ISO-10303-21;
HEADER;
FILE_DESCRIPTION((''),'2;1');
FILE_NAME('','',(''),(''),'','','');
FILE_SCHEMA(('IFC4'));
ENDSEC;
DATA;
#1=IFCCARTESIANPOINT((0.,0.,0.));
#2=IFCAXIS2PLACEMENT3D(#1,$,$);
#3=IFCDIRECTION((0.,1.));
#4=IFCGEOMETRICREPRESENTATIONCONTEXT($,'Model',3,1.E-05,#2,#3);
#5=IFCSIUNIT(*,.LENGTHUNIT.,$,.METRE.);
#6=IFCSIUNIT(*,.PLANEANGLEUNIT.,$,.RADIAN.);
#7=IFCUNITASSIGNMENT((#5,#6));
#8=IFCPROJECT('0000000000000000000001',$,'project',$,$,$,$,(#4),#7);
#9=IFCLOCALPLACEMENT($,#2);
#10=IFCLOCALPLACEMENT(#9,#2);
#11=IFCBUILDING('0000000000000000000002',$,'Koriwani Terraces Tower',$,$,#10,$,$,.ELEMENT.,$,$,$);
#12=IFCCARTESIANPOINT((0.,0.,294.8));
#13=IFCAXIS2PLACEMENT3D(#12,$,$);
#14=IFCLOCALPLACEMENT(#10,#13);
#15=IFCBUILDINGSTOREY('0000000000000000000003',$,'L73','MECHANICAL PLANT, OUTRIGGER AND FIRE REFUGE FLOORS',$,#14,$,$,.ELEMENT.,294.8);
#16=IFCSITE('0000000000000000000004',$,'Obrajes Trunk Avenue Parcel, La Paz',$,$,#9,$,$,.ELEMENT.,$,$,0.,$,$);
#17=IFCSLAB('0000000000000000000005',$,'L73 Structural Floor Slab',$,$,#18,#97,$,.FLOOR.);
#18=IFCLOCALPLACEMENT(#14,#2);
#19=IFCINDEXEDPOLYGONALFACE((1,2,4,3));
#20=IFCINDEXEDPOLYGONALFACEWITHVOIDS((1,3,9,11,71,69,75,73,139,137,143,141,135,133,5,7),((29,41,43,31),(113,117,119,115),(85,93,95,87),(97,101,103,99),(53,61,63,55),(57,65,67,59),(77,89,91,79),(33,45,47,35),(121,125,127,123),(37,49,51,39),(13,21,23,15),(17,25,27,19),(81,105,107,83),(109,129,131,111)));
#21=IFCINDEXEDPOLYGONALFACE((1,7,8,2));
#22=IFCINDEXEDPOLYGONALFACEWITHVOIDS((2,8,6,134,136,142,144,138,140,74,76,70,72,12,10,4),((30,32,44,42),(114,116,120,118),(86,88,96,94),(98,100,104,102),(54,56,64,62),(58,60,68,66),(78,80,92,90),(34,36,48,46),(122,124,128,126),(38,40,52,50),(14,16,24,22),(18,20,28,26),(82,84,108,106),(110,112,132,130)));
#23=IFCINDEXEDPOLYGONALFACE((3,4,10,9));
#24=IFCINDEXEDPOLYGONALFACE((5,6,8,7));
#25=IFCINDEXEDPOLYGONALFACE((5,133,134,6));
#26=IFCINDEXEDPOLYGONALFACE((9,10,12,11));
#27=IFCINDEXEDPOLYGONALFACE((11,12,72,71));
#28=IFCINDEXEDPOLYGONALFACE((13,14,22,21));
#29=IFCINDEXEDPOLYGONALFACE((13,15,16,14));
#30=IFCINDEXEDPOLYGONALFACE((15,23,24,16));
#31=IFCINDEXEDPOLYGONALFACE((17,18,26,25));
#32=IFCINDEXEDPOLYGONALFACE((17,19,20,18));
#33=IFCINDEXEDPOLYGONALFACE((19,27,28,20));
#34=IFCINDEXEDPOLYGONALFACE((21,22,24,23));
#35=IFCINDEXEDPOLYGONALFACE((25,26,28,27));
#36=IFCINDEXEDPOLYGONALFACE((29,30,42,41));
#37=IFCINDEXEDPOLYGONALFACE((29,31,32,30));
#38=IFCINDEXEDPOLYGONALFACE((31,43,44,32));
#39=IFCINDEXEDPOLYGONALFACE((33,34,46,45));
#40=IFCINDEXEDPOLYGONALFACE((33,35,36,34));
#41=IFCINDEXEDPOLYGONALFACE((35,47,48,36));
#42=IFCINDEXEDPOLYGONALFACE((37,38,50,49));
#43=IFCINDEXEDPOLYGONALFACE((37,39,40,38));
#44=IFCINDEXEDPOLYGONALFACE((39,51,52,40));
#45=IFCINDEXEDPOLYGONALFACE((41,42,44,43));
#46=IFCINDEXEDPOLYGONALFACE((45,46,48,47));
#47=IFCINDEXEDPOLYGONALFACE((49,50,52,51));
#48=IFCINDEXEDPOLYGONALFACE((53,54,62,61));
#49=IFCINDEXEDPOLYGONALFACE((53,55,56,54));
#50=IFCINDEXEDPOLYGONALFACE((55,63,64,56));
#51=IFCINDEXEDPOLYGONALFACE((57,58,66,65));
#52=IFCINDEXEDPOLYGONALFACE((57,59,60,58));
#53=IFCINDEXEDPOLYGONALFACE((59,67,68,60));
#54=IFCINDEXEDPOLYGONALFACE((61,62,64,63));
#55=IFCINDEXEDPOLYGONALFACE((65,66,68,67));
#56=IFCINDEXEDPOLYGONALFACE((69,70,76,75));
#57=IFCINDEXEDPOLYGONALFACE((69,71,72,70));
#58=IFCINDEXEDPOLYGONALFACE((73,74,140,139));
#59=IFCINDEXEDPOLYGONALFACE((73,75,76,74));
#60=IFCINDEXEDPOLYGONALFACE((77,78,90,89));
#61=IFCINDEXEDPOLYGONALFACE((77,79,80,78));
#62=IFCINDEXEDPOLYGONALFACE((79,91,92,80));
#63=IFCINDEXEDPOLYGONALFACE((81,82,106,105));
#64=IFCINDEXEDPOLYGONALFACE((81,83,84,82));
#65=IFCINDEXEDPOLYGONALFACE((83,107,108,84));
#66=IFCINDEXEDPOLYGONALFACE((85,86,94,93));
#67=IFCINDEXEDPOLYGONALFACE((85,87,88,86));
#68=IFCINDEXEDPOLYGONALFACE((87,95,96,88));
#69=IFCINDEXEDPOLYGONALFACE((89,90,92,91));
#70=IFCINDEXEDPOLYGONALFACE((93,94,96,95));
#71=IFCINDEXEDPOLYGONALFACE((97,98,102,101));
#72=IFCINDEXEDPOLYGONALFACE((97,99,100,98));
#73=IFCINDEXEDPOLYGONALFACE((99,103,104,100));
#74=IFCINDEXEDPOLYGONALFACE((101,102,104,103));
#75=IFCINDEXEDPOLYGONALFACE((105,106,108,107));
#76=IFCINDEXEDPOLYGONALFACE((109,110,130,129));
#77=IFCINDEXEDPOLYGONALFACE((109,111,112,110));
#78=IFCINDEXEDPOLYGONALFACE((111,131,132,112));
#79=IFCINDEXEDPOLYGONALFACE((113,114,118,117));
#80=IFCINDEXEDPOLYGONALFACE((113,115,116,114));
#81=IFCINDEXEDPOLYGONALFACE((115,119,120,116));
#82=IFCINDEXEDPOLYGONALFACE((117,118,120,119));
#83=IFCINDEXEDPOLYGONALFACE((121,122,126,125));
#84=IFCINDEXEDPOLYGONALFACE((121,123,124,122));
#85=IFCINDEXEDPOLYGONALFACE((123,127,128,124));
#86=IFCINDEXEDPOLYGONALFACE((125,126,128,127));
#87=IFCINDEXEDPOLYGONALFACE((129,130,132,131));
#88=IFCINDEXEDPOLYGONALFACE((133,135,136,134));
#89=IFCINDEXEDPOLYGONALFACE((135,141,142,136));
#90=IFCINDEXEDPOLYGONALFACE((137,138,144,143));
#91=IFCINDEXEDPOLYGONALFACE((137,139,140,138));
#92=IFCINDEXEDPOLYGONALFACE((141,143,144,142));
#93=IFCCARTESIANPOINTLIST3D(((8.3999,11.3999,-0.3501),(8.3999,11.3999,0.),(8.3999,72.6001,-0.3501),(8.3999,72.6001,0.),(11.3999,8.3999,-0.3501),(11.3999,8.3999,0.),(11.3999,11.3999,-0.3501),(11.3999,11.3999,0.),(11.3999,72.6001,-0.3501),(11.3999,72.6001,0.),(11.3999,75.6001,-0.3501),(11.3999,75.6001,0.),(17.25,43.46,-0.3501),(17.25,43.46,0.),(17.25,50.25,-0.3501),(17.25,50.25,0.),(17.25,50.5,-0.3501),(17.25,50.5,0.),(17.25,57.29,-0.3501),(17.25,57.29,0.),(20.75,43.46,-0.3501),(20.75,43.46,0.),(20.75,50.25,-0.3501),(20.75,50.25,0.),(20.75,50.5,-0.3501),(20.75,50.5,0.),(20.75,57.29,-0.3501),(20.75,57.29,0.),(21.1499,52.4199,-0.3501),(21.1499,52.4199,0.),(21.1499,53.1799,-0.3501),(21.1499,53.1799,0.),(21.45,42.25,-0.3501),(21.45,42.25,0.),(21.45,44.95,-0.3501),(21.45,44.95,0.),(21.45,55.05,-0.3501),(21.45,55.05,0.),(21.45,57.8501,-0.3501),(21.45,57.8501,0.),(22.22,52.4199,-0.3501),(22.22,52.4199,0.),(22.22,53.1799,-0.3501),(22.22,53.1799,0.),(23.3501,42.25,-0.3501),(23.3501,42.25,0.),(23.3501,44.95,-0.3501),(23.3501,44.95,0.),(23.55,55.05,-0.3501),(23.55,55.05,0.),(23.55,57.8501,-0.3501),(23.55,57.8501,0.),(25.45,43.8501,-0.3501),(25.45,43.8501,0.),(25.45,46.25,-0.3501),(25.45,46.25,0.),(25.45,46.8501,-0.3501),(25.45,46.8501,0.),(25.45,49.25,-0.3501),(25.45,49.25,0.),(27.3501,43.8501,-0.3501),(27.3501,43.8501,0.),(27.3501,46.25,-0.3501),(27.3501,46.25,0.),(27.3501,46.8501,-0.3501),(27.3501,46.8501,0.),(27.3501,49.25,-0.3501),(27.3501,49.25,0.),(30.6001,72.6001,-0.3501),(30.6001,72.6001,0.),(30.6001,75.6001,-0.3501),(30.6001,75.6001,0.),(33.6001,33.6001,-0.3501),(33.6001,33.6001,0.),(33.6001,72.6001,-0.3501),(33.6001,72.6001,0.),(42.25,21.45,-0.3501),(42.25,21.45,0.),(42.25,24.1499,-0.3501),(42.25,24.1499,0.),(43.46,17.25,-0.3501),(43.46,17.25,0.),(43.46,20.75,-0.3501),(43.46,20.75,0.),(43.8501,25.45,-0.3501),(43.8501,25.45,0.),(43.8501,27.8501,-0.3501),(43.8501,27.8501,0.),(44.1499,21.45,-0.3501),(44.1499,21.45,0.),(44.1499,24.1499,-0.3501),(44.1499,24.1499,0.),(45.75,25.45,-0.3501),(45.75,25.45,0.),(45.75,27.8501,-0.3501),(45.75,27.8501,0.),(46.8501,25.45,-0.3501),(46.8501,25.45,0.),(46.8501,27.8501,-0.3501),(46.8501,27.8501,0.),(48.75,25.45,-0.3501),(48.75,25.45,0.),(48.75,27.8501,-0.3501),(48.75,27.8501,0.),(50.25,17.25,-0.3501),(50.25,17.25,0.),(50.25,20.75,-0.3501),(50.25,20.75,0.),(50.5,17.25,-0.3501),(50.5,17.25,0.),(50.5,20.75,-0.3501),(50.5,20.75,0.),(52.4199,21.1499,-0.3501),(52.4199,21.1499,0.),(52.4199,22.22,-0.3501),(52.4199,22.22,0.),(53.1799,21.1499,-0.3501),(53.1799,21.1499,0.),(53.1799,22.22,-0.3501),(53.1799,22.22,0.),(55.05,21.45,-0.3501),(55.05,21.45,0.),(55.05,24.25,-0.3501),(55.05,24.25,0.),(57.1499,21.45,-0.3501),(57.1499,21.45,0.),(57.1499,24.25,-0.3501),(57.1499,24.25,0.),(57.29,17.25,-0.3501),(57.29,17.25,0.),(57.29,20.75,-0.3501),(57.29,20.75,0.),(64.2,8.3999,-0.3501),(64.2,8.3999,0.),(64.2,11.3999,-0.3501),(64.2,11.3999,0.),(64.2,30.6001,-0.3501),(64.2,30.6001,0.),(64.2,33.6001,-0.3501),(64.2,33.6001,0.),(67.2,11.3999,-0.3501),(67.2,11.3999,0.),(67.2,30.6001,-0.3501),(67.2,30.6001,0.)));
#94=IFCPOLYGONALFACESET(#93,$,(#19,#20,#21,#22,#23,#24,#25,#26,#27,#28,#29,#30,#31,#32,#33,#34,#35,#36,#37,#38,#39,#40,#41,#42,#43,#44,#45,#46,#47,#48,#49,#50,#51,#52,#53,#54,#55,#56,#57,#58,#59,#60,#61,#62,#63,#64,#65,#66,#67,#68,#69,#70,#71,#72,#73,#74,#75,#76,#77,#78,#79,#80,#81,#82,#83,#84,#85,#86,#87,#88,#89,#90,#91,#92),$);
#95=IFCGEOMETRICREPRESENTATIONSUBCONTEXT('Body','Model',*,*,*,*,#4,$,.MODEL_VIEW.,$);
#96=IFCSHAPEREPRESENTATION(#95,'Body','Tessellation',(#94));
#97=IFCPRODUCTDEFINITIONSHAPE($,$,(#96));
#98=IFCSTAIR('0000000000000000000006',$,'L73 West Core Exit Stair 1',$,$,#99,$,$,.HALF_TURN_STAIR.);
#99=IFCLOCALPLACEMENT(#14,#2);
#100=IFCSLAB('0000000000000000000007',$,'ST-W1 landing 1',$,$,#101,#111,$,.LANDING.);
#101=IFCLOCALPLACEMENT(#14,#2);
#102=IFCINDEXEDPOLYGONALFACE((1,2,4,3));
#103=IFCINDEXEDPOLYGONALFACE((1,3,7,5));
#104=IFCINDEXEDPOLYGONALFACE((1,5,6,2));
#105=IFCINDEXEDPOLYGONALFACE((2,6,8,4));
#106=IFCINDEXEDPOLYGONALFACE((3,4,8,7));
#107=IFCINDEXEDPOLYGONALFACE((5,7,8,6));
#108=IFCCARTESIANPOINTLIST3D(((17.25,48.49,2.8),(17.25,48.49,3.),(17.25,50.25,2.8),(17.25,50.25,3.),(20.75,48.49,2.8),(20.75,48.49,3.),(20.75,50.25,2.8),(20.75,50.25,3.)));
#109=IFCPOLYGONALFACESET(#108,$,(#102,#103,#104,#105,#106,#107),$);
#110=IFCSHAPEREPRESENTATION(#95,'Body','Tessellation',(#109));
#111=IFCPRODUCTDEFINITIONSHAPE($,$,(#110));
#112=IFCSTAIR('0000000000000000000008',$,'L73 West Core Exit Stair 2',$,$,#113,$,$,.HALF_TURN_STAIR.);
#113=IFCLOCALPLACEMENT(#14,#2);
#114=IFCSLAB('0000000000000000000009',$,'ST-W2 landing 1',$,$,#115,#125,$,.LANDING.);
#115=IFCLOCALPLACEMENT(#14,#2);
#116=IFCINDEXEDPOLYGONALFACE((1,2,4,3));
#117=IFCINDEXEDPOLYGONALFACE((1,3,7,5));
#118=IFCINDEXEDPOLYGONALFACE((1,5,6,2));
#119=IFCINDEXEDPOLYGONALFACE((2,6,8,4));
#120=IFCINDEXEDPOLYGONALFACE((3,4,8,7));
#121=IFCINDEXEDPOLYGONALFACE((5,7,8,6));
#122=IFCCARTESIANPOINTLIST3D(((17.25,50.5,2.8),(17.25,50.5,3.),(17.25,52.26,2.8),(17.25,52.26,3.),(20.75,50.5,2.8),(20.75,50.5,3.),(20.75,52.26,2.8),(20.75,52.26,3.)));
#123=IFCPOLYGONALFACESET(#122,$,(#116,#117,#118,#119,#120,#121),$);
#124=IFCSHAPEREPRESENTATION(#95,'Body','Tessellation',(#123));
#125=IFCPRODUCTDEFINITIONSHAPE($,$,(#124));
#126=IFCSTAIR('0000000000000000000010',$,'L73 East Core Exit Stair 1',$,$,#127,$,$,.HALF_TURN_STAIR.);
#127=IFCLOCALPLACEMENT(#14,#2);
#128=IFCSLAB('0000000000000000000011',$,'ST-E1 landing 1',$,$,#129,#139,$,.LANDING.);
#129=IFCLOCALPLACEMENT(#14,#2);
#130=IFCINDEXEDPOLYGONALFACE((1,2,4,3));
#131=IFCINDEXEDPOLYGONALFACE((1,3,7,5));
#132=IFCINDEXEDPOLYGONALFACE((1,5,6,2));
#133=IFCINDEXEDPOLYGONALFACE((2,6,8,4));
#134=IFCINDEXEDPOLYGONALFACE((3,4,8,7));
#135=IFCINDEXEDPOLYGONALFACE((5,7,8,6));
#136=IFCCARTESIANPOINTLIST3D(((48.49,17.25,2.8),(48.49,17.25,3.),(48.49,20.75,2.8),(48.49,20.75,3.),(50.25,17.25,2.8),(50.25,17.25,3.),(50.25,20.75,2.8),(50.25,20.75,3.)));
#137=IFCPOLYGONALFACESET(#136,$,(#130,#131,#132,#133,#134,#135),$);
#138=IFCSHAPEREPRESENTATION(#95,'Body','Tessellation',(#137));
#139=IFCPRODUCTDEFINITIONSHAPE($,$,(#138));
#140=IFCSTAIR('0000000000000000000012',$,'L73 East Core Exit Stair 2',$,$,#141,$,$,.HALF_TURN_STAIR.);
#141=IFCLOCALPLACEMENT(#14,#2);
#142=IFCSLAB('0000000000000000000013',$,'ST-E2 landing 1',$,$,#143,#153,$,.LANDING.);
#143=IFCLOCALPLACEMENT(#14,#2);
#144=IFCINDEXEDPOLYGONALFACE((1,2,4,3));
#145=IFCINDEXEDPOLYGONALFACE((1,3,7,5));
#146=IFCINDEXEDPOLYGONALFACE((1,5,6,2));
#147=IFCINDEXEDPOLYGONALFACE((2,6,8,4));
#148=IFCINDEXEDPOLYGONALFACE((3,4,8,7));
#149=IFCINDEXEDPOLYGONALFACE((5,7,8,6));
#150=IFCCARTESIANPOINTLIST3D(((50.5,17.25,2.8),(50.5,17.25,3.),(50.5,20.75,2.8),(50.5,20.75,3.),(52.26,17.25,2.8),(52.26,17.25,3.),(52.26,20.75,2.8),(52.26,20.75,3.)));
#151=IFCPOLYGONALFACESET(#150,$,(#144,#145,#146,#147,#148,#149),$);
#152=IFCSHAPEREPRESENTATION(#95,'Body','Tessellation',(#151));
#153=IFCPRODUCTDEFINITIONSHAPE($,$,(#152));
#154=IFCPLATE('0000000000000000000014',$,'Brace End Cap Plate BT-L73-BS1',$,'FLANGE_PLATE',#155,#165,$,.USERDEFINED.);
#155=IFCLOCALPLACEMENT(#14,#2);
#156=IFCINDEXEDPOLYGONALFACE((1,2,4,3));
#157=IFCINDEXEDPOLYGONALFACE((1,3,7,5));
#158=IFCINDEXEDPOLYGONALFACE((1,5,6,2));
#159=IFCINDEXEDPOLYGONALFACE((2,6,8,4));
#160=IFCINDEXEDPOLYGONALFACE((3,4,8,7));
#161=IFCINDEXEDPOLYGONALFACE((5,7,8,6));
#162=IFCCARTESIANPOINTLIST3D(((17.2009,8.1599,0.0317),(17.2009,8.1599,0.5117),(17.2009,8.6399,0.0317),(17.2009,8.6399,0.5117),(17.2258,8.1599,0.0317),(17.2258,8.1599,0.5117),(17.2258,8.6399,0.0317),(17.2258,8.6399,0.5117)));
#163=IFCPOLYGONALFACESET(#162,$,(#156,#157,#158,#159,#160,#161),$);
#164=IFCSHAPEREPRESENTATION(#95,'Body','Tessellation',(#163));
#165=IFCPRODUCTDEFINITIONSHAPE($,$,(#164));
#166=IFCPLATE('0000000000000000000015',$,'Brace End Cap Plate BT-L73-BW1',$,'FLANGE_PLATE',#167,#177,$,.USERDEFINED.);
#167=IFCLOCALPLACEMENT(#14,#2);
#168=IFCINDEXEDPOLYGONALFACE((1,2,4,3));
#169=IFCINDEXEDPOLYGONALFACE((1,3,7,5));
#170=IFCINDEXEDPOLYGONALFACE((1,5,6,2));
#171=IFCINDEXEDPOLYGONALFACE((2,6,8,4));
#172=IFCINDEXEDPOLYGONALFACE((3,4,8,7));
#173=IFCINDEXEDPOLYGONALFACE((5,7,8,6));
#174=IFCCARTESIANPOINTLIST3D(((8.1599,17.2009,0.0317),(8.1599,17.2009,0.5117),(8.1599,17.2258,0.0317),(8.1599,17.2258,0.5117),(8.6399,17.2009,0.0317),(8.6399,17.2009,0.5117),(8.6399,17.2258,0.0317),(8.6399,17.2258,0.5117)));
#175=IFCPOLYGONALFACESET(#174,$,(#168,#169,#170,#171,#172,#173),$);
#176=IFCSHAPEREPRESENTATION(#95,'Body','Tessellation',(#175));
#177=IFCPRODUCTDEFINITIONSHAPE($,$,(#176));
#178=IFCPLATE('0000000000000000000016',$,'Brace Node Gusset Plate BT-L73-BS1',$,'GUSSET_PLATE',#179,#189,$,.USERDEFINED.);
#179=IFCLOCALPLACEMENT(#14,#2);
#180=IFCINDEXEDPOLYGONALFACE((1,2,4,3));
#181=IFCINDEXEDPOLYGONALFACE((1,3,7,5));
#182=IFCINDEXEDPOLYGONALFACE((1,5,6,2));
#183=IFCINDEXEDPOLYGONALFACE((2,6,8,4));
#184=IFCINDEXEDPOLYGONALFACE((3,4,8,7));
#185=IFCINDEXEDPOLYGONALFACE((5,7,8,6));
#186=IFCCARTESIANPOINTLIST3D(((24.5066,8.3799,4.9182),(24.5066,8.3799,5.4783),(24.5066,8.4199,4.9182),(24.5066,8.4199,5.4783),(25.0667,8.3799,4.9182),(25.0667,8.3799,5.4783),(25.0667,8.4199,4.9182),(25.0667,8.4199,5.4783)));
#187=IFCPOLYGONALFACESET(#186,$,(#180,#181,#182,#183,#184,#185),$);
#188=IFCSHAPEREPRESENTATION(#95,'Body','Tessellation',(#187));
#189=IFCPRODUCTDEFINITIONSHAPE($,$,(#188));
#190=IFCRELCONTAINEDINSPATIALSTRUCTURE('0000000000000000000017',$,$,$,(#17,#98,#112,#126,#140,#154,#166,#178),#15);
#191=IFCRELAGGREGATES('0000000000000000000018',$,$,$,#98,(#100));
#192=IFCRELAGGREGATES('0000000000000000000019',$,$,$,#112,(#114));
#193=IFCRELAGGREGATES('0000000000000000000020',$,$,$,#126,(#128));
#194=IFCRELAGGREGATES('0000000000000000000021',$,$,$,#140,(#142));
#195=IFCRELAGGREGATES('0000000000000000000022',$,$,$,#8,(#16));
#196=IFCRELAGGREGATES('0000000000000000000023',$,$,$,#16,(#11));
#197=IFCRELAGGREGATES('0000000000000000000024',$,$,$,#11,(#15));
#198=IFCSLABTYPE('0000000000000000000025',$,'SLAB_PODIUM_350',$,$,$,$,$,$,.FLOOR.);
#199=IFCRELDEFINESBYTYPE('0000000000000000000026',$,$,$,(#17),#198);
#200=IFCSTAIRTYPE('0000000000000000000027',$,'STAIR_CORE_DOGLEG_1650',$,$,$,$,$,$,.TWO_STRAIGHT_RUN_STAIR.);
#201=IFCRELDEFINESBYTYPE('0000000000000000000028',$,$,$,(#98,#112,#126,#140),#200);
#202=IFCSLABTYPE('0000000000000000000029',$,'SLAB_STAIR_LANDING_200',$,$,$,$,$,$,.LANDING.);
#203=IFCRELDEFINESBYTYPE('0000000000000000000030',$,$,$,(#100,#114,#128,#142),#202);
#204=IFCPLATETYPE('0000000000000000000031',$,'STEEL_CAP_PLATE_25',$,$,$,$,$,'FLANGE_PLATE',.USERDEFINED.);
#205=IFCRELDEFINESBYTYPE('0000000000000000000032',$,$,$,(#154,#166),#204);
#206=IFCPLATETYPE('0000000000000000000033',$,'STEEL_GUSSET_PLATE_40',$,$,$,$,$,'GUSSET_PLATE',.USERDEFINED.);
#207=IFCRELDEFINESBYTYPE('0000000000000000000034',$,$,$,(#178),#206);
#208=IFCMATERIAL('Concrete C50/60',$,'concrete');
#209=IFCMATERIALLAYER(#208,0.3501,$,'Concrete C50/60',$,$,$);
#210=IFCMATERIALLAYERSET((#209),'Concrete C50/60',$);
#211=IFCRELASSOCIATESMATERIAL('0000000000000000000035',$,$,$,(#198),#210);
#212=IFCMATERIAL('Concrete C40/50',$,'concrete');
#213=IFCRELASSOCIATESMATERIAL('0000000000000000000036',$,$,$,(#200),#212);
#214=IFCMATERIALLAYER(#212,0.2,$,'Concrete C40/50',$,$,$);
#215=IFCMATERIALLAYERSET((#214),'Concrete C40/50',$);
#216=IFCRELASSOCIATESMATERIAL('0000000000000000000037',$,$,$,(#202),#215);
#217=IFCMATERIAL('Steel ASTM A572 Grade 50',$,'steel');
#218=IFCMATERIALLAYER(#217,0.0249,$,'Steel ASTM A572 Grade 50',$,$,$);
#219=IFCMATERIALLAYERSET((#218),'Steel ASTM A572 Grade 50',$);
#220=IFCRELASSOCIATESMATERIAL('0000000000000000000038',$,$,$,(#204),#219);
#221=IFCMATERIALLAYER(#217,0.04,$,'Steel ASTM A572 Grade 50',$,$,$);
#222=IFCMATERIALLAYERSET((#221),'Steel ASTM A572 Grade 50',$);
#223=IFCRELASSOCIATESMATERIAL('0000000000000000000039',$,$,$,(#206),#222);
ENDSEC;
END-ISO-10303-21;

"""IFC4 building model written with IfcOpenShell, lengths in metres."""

from ifc_helpers import new_model, si_unit, direction, frame, origin, origin_2d, place, context, subcontext, project, spatial, polyline, rectangle, outline, extrude, material, layer, layer_set, type_object, element, aggregate, save


model = new_model("IFC4")

# Units and contexts
model_context = context("Model", 3, precision=1e-05, world=origin(), true_north=direction((0.0, 1.0)))
body_context = subcontext(model_context, "Body", "Model", "MODEL_VIEW")
ifc_project = project(units=[si_unit("LENGTHUNIT", "METRE"), si_unit("PLANEANGLEUNIT", "RADIAN")], contexts=[model_context])

# Site, building, storey
site_placement = place(None, origin())
site = spatial("IfcSite", under=ifc_project, at=site_placement, Name="Obrajes Trunk Avenue Parcel, La Paz", CompositionType="ELEMENT", RefElevation=0.0)
building_placement = place(site_placement, origin())
building = spatial("IfcBuilding", under=site, at=building_placement, Name="Koriwani Terraces Tower", CompositionType="ELEMENT")
storey_placement = place(building_placement, frame((0.0, 0.0, 294.8)))
storey = spatial("IfcBuildingStorey", under=building, at=storey_placement, Name="L73", Description="MECHANICAL PLANT, OUTRIGGER AND FIRE REFUGE FLOORS", CompositionType="ELEMENT", Elevation=294.8)

# Shared definitions
ifc_material_1 = material(Name="Concrete C50/60", Category="concrete")

# Shared definitions
ifc_material_2 = material(Name="Concrete C40/50", Category="concrete")

# Shared definitions
ifc_material_3 = material(Name="Steel ASTM A572 Grade 50", Category="steel")

# Slab
ifc_layer_1 = layer(ifc_material_1, 0.3501, Name="Concrete C50/60")
ifc_layer_set_1 = layer_set([ifc_layer_1], Name="Concrete C50/60")
slab_type_1 = type_object("IfcSlabType", Name="SLAB_PODIUM_350", PredefinedType="FLOOR", material=ifc_layer_set_1)
slab_1_placement = place(storey_placement, frame((0.0, 0.0, -0.3501)))
element("IfcSlab", 1, at=slab_1_placement, inside=storey, type_object=slab_type_1, Name="L73 Structural Floor Slab", PredefinedType="FLOOR", context=body_context, shape_type="SweptSolid", body=[
    extrude(outline(polyline([(11.3999, 8.3999), (64.2, 8.3999), (64.2, 11.3999), (67.2, 11.3999), (67.2, 30.6001), (64.2, 30.6001), (64.2, 33.6001), (33.6001, 33.6001), (33.6001, 72.6001), (30.6001, 72.6001), (30.6001, 75.6001), (11.3999, 75.6001), (11.3999, 72.6001), (8.3999, 72.6001), (8.3999, 11.3999), (11.3999, 11.3999), (11.3999, 8.3999)]), holes=[polyline([(17.25, 43.46), (20.75, 43.46), (20.75, 50.25), (17.25, 50.25), (17.25, 43.46)]), polyline([(17.25, 50.5), (20.75, 50.5), (20.75, 57.29), (17.25, 57.29), (17.25, 50.5)]), polyline([(43.46, 17.25), (50.25, 17.25), (50.25, 20.75), (43.46, 20.75), (43.46, 17.25)]), polyline([(50.5, 17.25), (57.29, 17.25), (57.29, 20.75), (50.5, 20.75), (50.5, 17.25)]), polyline([(25.45, 43.8501), (27.3501, 43.8501), (27.3501, 46.25), (25.45, 46.25), (25.45, 43.8501)]), polyline([(25.45, 46.8501), (27.3501, 46.8501), (27.3501, 49.25), (25.45, 49.25), (25.45, 46.8501)]), polyline([(43.8501, 25.45), (45.75, 25.45), (45.75, 27.8501), (43.8501, 27.8501), (43.8501, 25.45)]), polyline([(46.8501, 25.45), (48.75, 25.45), (48.75, 27.8501), (46.8501, 27.8501), (46.8501, 25.45)]), polyline([(21.45, 55.05), (23.55, 55.05), (23.55, 57.8501), (21.45, 57.8501), (21.45, 55.05)]), polyline([(55.05, 21.45), (57.1499, 21.45), (57.1499, 24.25), (55.05, 24.25), (55.05, 21.45)]), polyline([(21.45, 42.25), (23.3501, 42.25), (23.3501, 44.95), (21.45, 44.95), (21.45, 42.25)]), polyline([(42.25, 21.45), (44.1499, 21.45), (44.1499, 24.1499), (42.25, 24.1499), (42.25, 21.45)]), polyline([(21.1499, 52.4199), (22.22, 52.4199), (22.22, 53.1799), (21.1499, 53.1799), (21.1499, 52.4199)]), polyline([(52.4199, 21.1499), (53.1799, 21.1499), (53.1799, 22.22), (52.4199, 22.22), (52.4199, 21.1499)])]), origin(), (0.0, 0.0, 1.0), 0.3501),
])

# Stairs, slabs
stair_type = type_object("IfcStairType", Name="STAIR_CORE_DOGLEG_1650", PredefinedType="TWO_STRAIGHT_RUN_STAIR", material=ifc_material_2)
stair_1_placement = place(storey_placement, origin())
stair_1 = element("IfcStair", 2, at=stair_1_placement, inside=storey, type_object=stair_type, Name="L73 West Core Exit Stair 1", PredefinedType="HALF_TURN_STAIR")
ifc_layer_2 = layer(ifc_material_2, 0.2, Name="Concrete C40/50")
ifc_layer_set_2 = layer_set([ifc_layer_2], Name="Concrete C40/50")
slab_type_2 = type_object("IfcSlabType", Name="SLAB_STAIR_LANDING_200", PredefinedType="LANDING", material=ifc_layer_set_2)
slab_2_placement = place(storey_placement, frame((0.0, 0.0, 2.8)))
slab_2 = element("IfcSlab", 3, at=slab_2_placement, type_object=slab_type_2, Name="ST-W1 landing 1", PredefinedType="LANDING", context=body_context, shape_type="SweptSolid", body=[
    extrude(outline(polyline([(20.75, 48.49), (20.75, 50.25), (17.25, 50.25), (17.25, 48.49), (20.75, 48.49)])), origin(), (0.0, 0.0, 1.0), 0.2),
])
aggregate(stair_1, [slab_2])
stair_2_placement = place(storey_placement, origin())
stair_2 = element("IfcStair", 4, at=stair_2_placement, inside=storey, type_object=stair_type, Name="L73 West Core Exit Stair 2", PredefinedType="HALF_TURN_STAIR")
slab_3_placement = place(storey_placement, frame((0.0, 0.0, 2.8)))
slab_3 = element("IfcSlab", 5, at=slab_3_placement, type_object=slab_type_2, Name="ST-W2 landing 1", PredefinedType="LANDING", context=body_context, shape_type="SweptSolid", body=[
    extrude(outline(polyline([(17.25, 52.26), (17.25, 50.5), (20.75, 50.5), (20.75, 52.26), (17.25, 52.26)])), origin(), (0.0, 0.0, 1.0), 0.2),
])
aggregate(stair_2, [slab_3])
stair_3_placement = place(storey_placement, origin())
stair_3 = element("IfcStair", 6, at=stair_3_placement, inside=storey, type_object=stair_type, Name="L73 East Core Exit Stair 1", PredefinedType="HALF_TURN_STAIR")
slab_4_placement = place(storey_placement, frame((0.0, 0.0, 2.8)))
slab_4 = element("IfcSlab", 7, at=slab_4_placement, type_object=slab_type_2, Name="ST-E1 landing 1", PredefinedType="LANDING", context=body_context, shape_type="SweptSolid", body=[
    extrude(outline(polyline([(48.49, 17.25), (50.25, 17.25), (50.25, 20.75), (48.49, 20.75), (48.49, 17.25)])), origin(), (0.0, 0.0, 1.0), 0.2),
])
aggregate(stair_3, [slab_4])
stair_4_placement = place(storey_placement, origin())
stair_4 = element("IfcStair", 8, at=stair_4_placement, inside=storey, type_object=stair_type, Name="L73 East Core Exit Stair 2", PredefinedType="HALF_TURN_STAIR")
slab_5_placement = place(storey_placement, frame((0.0, 0.0, 2.8)))
slab_5 = element("IfcSlab", 9, at=slab_5_placement, type_object=slab_type_2, Name="ST-E2 landing 1", PredefinedType="LANDING", context=body_context, shape_type="SweptSolid", body=[
    extrude(outline(polyline([(52.26, 20.75), (50.5, 20.75), (50.5, 17.25), (52.26, 17.25), (52.26, 20.75)])), origin(), (0.0, 0.0, 1.0), 0.2),
])
aggregate(stair_4, [slab_5])

# Plates
ifc_layer_3 = layer(ifc_material_3, 0.0249, Name="Steel ASTM A572 Grade 50")
ifc_layer_set_3 = layer_set([ifc_layer_3], Name="Steel ASTM A572 Grade 50")
plate_type_1 = type_object("IfcPlateType", Name="STEEL_CAP_PLATE_25", ElementType="FLANGE_PLATE", PredefinedType="USERDEFINED", material=ifc_layer_set_3)
for number, where, z_axis, x_axis, name in (
    (10, (17.2134, 8.3999, 0.0317), (0.0, 0.0, 1.0), (1.0, 0.0, 0.0), "Brace End Cap Plate BT-L73-BS1"),
    (11, (8.3999, 17.2134, 0.0317), (0.0, 0.0, 1.0), (0.0, 1.0, 0.0), "Brace End Cap Plate BT-L73-BW1"),
):
    element("IfcPlate", number, at=place(storey_placement, frame(where, z_axis=z_axis, x_axis=x_axis)), inside=storey, type_object=plate_type_1, Name=name, ObjectType="FLANGE_PLATE", PredefinedType="USERDEFINED", context=body_context, shape_type="SweptSolid", body=[
        extrude(rectangle(XDim=0.0249, YDim=0.48, at=origin_2d()), origin(), (0.0, 0.0, 1.0), 0.48),
    ])
ifc_layer_4 = layer(ifc_material_3, 0.04, Name="Steel ASTM A572 Grade 50")
ifc_layer_set_4 = layer_set([ifc_layer_4], Name="Steel ASTM A572 Grade 50")
plate_type_2 = type_object("IfcPlateType", Name="STEEL_GUSSET_PLATE_40", ElementType="GUSSET_PLATE", PredefinedType="USERDEFINED", material=ifc_layer_set_4)
for number, where, z_axis, x_axis, name in (
    (12, (24.7866, 8.3999, 4.9182), (0.0, 0.0, 1.0), (1.0, 0.0, 0.0), "Brace Node Gusset Plate BT-L73-BS1"),
):
    element("IfcPlate", number, at=place(storey_placement, frame(where, z_axis=z_axis, x_axis=x_axis)), inside=storey, type_object=plate_type_2, Name=name, ObjectType="GUSSET_PLATE", PredefinedType="USERDEFINED", context=body_context, shape_type="SweptSolid", body=[
        extrude(rectangle(XDim=0.5601, YDim=0.04, at=origin_2d()), origin(), (0.0, 0.0, 1.0), 0.5601),
    ])

save(model, "model.ifc")
